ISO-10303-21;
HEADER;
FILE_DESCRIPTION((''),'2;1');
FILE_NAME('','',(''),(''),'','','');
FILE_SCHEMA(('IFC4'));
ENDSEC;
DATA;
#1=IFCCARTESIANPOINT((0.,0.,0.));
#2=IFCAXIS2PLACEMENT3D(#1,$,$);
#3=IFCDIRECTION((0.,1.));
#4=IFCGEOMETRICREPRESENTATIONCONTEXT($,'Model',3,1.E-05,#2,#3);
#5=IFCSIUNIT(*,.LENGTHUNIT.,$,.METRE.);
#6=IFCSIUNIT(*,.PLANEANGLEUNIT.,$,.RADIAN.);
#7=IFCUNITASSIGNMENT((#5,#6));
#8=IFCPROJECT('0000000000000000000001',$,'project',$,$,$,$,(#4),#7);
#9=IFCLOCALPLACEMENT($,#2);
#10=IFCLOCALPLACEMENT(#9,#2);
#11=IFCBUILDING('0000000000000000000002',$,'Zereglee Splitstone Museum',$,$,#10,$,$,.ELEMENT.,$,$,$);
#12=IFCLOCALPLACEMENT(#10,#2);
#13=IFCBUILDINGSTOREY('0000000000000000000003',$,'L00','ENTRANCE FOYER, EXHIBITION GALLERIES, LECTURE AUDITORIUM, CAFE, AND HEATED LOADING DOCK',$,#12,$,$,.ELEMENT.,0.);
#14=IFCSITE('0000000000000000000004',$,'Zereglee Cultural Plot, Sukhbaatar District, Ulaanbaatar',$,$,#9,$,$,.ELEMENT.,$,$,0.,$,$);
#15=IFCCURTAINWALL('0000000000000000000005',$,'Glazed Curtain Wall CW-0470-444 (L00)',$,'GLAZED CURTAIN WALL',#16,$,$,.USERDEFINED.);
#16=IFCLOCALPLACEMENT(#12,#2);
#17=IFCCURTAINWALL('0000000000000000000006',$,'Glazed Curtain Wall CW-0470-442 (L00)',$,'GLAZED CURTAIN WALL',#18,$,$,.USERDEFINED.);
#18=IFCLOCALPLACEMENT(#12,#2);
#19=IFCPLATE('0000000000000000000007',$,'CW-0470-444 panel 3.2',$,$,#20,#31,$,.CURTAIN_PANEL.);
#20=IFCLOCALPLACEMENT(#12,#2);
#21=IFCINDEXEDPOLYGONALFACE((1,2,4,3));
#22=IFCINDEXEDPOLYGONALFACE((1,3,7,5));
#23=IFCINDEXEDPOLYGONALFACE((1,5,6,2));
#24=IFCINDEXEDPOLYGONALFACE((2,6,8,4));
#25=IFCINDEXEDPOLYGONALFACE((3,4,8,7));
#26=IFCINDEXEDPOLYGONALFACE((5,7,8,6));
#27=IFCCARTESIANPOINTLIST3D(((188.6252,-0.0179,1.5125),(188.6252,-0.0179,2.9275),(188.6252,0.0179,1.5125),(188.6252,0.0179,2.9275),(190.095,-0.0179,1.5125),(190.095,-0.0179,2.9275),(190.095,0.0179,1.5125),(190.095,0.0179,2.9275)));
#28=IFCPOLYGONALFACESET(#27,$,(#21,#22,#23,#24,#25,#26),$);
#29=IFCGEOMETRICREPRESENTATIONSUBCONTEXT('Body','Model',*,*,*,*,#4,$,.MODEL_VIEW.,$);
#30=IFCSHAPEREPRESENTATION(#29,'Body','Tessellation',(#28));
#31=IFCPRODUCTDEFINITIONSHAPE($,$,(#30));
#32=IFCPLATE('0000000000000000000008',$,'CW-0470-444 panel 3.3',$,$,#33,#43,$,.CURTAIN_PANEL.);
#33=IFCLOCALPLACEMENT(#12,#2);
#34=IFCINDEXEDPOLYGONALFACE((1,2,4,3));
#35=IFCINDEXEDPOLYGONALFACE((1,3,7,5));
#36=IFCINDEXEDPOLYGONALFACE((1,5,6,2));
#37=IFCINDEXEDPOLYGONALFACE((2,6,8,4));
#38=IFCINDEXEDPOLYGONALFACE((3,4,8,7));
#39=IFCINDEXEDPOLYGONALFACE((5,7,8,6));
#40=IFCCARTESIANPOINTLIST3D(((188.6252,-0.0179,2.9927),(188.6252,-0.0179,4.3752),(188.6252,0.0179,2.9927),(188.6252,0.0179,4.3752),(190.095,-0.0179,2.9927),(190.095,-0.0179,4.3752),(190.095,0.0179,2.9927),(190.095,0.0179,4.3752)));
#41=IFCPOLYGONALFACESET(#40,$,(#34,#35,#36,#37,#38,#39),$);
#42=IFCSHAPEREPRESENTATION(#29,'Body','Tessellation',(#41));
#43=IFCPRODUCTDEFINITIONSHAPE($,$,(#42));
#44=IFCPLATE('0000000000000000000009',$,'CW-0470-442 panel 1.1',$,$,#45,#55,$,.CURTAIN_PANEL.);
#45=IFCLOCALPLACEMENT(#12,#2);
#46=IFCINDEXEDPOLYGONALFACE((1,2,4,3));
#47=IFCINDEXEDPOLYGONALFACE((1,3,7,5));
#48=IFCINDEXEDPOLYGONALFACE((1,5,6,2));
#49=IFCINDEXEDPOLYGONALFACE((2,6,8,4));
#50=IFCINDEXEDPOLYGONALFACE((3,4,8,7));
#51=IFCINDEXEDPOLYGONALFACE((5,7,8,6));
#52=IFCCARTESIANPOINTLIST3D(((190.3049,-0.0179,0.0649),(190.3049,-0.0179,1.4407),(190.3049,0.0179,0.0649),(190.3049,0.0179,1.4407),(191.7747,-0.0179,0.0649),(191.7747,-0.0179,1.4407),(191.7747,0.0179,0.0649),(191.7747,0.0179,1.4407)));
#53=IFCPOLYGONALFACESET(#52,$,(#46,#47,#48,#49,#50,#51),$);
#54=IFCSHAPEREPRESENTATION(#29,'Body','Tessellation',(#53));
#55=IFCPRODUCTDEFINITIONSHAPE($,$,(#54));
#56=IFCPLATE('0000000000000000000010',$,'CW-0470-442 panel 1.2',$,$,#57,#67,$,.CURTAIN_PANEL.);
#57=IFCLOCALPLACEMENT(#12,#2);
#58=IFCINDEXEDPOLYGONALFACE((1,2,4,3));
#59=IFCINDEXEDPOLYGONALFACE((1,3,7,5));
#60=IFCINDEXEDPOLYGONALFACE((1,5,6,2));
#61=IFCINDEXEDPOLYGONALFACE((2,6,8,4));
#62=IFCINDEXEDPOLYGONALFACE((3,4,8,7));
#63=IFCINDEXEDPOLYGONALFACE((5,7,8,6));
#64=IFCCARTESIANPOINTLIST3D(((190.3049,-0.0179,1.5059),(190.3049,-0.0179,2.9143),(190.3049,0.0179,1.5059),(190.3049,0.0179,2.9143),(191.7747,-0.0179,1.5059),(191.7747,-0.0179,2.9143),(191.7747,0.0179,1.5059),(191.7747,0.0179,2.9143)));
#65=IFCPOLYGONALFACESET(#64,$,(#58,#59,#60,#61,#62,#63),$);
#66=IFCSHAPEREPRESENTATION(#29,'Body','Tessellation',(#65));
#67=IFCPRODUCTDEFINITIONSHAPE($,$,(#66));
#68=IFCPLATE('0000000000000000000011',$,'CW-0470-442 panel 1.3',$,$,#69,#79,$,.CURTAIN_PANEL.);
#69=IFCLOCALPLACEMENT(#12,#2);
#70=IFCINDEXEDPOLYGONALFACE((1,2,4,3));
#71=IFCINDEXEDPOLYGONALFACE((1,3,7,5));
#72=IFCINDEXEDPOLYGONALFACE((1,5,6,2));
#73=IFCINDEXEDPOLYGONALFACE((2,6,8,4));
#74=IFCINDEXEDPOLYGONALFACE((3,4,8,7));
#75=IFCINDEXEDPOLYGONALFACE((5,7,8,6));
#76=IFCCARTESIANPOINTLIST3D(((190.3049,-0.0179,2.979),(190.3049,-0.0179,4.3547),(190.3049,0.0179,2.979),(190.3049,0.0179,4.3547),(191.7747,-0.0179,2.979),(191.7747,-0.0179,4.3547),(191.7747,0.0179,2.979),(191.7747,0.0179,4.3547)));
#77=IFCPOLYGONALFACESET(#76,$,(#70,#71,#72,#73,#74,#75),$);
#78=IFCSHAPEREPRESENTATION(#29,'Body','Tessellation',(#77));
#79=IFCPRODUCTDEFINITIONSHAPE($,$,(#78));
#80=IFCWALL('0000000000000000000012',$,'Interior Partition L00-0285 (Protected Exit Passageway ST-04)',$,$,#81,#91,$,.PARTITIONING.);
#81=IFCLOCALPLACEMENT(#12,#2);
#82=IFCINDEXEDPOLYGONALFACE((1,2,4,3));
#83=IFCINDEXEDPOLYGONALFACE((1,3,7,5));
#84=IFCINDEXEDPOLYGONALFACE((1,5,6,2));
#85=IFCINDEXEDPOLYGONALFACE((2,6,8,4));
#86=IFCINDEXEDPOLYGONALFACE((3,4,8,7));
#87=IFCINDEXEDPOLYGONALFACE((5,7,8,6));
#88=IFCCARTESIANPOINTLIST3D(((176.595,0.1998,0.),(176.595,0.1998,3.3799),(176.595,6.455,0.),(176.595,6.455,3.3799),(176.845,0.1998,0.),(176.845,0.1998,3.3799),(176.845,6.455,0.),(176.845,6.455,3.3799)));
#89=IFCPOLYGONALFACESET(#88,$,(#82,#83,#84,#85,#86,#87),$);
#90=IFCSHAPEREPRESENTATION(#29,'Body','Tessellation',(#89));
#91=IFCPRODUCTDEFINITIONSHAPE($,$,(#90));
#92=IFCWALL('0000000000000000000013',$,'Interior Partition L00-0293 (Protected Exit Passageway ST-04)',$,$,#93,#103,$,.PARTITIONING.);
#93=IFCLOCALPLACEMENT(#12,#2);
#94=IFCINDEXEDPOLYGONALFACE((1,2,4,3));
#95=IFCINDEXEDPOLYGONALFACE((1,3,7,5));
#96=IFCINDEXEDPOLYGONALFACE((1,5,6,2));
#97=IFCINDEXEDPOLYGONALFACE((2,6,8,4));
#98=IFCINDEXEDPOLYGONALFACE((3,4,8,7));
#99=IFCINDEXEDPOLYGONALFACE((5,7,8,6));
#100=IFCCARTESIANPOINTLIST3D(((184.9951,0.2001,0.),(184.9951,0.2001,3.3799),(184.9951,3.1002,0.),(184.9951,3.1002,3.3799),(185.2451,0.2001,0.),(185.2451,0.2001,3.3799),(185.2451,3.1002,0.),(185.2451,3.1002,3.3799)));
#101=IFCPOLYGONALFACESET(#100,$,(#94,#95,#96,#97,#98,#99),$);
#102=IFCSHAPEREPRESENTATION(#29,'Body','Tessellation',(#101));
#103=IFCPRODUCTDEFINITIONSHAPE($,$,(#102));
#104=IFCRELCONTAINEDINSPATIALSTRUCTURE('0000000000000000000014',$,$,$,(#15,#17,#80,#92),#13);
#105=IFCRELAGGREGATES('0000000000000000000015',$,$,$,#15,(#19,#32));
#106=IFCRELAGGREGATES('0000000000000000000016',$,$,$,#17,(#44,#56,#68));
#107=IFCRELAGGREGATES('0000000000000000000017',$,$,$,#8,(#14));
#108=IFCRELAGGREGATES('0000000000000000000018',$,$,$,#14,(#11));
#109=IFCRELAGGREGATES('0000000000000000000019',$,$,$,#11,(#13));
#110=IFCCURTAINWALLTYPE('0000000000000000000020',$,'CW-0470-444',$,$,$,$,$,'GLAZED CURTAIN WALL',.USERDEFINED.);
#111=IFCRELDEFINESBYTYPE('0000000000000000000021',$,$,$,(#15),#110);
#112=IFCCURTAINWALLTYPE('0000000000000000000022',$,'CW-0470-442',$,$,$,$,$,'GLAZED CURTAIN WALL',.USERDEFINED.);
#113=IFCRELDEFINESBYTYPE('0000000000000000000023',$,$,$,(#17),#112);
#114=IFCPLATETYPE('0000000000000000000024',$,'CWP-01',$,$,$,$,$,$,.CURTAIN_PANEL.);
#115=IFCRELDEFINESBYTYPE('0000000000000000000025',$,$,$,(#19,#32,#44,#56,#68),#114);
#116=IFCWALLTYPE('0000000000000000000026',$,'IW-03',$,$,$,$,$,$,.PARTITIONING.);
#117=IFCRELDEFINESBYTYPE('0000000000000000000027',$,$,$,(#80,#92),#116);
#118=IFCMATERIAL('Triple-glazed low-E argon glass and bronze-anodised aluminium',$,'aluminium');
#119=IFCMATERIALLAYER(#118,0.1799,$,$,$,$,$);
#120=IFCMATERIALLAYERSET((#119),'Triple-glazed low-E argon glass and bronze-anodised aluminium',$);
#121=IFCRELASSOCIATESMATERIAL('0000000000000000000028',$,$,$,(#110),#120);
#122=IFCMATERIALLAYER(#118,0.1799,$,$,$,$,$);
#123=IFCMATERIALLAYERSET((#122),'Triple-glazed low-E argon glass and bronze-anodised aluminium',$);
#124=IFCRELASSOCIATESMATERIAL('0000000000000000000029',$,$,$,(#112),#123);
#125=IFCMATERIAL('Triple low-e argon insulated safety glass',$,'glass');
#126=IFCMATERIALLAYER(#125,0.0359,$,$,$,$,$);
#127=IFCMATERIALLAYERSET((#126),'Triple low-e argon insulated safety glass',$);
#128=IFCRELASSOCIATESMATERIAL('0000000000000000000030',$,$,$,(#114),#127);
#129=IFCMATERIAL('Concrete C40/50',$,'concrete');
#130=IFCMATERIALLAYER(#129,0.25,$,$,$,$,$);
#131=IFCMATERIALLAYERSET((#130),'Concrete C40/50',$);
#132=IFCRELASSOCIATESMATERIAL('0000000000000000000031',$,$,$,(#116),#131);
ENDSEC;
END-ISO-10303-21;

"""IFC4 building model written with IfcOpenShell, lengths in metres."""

from ifc_helpers import new_model, si_unit, direction, frame, frame_2d, origin, origin_2d, place, context, subcontext, project, spatial, rectangle, extrude, material, layer, layer_set, type_object, element, aggregate, save


model = new_model("IFC4")

# Units and contexts
model_context = context("Model", 3, precision=1e-05, world=origin(), true_north=direction((0.0, 1.0)))
body_context = subcontext(model_context, "Body", "Model", "MODEL_VIEW")
ifc_project = project(units=[si_unit("LENGTHUNIT", "METRE"), si_unit("PLANEANGLEUNIT", "RADIAN")], contexts=[model_context])

# Site, building, storey
site_placement = place(None, origin())
site = spatial("IfcSite", under=ifc_project, at=site_placement, Name="Zereglee Cultural Plot, Sukhbaatar District, Ulaanbaatar", CompositionType="ELEMENT", RefElevation=0.0)
building_placement = place(site_placement, origin())
building = spatial("IfcBuilding", under=site, at=building_placement, Name="Zereglee Splitstone Museum", CompositionType="ELEMENT")
storey_placement = place(building_placement, origin())
storey = spatial("IfcBuildingStorey", under=building, at=storey_placement, Name="L00", Description="ENTRANCE FOYER, EXHIBITION GALLERIES, LECTURE AUDITORIUM, CAFE, AND HEATED LOADING DOCK", CompositionType="ELEMENT", Elevation=0.0)

# Shared definitions
ifc_material_1 = material(Name="Concrete C40/50", Category="concrete")

# Curtain wall
ifc_material_2 = material(Name="Triple-glazed low-E argon glass and bronze-anodised aluminium", Category="aluminium")
ifc_layer_1 = layer(ifc_material_2, 0.1799)
ifc_layer_set_1 = layer_set([ifc_layer_1], Name="Triple-glazed low-E argon glass and bronze-anodised aluminium")
curtain_wall_type_1 = type_object("IfcCurtainWallType", Name="CW-0470-444", ElementType="GLAZED CURTAIN WALL", PredefinedType="USERDEFINED", material=ifc_layer_set_1)
curtain_wall_1_placement = place(storey_placement, origin())
curtain_wall_1 = element("IfcCurtainWall", 1, at=curtain_wall_1_placement, inside=storey, type_object=curtain_wall_type_1, Name="Glazed Curtain Wall CW-0470-444 (L00)", ObjectType="GLAZED CURTAIN WALL", PredefinedType="USERDEFINED")

# Curtain wall
ifc_layer_2 = layer(ifc_material_2, 0.1799)
ifc_layer_set_2 = layer_set([ifc_layer_2], Name="Triple-glazed low-E argon glass and bronze-anodised aluminium")
curtain_wall_type_2 = type_object("IfcCurtainWallType", Name="CW-0470-442", ElementType="GLAZED CURTAIN WALL", PredefinedType="USERDEFINED", material=ifc_layer_set_2)
curtain_wall_2_placement = place(storey_placement, origin())
curtain_wall_2 = element("IfcCurtainWall", 2, at=curtain_wall_2_placement, inside=storey, type_object=curtain_wall_type_2, Name="Glazed Curtain Wall CW-0470-442 (L00)", ObjectType="GLAZED CURTAIN WALL", PredefinedType="USERDEFINED")

# Plates
ifc_material_3 = material(Name="Triple low-e argon insulated safety glass", Category="glass")
ifc_layer_3 = layer(ifc_material_3, 0.0359)
ifc_layer_set_3 = layer_set([ifc_layer_3], Name="Triple low-e argon insulated safety glass")
plate_type = type_object("IfcPlateType", Name="CWP-01", PredefinedType="CURTAIN_PANEL", material=ifc_layer_set_3)
plate_1_placement = place(storey_placement, frame((189.3601, 0.0, 1.5125), z_axis=(0.0, 0.0, 1.0), x_axis=(1.0, 0.0, 0.0)))
plate_1 = element("IfcPlate", 3, at=plate_1_placement, type_object=plate_type, Name="CW-0470-444 panel 3.2", PredefinedType="CURTAIN_PANEL", context=body_context, shape_type="SweptSolid", body=[
    extrude(rectangle(XDim=1.4697, YDim=0.0359, at=origin_2d()), origin(), (0.0, 0.0, 1.0), 1.415),
])
plate_2_placement = place(storey_placement, frame((189.3601, 0.0, 2.9927), z_axis=(0.0, 0.0, 1.0), x_axis=(1.0, 0.0, 0.0)))
plate_2 = element("IfcPlate", 4, at=plate_2_placement, type_object=plate_type, Name="CW-0470-444 panel 3.3", PredefinedType="CURTAIN_PANEL", context=body_context, shape_type="SweptSolid", body=[
    extrude(rectangle(XDim=1.4697, YDim=0.0359, at=origin_2d()), origin(), (0.0, 0.0, 1.0), 1.3826),
])
aggregate(curtain_wall_1, [plate_1, plate_2])
plate_3_placement = place(storey_placement, frame((191.0398, 0.0, 0.0649), z_axis=(0.0, 0.0, 1.0), x_axis=(1.0, 0.0, 0.0)))
plate_3 = element("IfcPlate", 5, at=plate_3_placement, type_object=plate_type, Name="CW-0470-442 panel 1.1", PredefinedType="CURTAIN_PANEL", context=body_context, shape_type="SweptSolid", body=[
    extrude(rectangle(XDim=1.4697, YDim=0.0359, at=origin_2d()), origin(), (0.0, 0.0, 1.0), 1.3757),
])
plate_4_placement = place(storey_placement, frame((191.0398, 0.0, 1.5059), z_axis=(0.0, 0.0, 1.0), x_axis=(1.0, 0.0, 0.0)))
plate_4 = element("IfcPlate", 6, at=plate_4_placement, type_object=plate_type, Name="CW-0470-442 panel 1.2", PredefinedType="CURTAIN_PANEL", context=body_context, shape_type="SweptSolid", body=[
    extrude(rectangle(XDim=1.4697, YDim=0.0359, at=origin_2d()), origin(), (0.0, 0.0, 1.0), 1.4084),
])
plate_5_placement = place(storey_placement, frame((191.0398, 0.0, 2.979), z_axis=(0.0, 0.0, 1.0), x_axis=(1.0, 0.0, 0.0)))
plate_5 = element("IfcPlate", 7, at=plate_5_placement, type_object=plate_type, Name="CW-0470-442 panel 1.3", PredefinedType="CURTAIN_PANEL", context=body_context, shape_type="SweptSolid", body=[
    extrude(rectangle(XDim=1.4697, YDim=0.0359, at=origin_2d()), origin(), (0.0, 0.0, 1.0), 1.3757),
])
aggregate(curtain_wall_2, [plate_3, plate_4, plate_5])

# Walls
ifc_layer_4 = layer(ifc_material_1, 0.25)
ifc_layer_set_4 = layer_set([ifc_layer_4], Name="Concrete C40/50")
wall_type = type_object("IfcWallType", Name="IW-03", PredefinedType="PARTITIONING", material=ifc_layer_set_4)
wall_1_placement = place(storey_placement, frame((176.72, 0.2, 0.0), z_axis=(0.0, 0.0, 1.0), x_axis=(0.0, 1.0, 0.0)))
element("IfcWall", 8, at=wall_1_placement, inside=storey, type_object=wall_type, Name="Interior Partition L00-0285 (Protected Exit Passageway ST-04)", PredefinedType="PARTITIONING", context=body_context, shape_type="SweptSolid", body=[
    extrude(rectangle(XDim=6.2551, YDim=0.25, at=frame_2d((3.1274, 0.0))), origin(), (0.0, 0.0, 1.0), 3.3799),
])
wall_2_placement = place(storey_placement, frame((185.1201, 0.2, 0.0), z_axis=(0.0, 0.0, 1.0), x_axis=(0.0, 1.0, 0.0)))
element("IfcWall", 9, at=wall_2_placement, inside=storey, type_object=wall_type, Name="Interior Partition L00-0293 (Protected Exit Passageway ST-04)", PredefinedType="PARTITIONING", context=body_context, shape_type="SweptSolid", body=[
    extrude(rectangle(XDim=2.9001, YDim=0.25, at=frame_2d((1.4502, 0.0))), origin(), (0.0, 0.0, 1.0), 3.3799),
])

save(model, "model.ifc")
